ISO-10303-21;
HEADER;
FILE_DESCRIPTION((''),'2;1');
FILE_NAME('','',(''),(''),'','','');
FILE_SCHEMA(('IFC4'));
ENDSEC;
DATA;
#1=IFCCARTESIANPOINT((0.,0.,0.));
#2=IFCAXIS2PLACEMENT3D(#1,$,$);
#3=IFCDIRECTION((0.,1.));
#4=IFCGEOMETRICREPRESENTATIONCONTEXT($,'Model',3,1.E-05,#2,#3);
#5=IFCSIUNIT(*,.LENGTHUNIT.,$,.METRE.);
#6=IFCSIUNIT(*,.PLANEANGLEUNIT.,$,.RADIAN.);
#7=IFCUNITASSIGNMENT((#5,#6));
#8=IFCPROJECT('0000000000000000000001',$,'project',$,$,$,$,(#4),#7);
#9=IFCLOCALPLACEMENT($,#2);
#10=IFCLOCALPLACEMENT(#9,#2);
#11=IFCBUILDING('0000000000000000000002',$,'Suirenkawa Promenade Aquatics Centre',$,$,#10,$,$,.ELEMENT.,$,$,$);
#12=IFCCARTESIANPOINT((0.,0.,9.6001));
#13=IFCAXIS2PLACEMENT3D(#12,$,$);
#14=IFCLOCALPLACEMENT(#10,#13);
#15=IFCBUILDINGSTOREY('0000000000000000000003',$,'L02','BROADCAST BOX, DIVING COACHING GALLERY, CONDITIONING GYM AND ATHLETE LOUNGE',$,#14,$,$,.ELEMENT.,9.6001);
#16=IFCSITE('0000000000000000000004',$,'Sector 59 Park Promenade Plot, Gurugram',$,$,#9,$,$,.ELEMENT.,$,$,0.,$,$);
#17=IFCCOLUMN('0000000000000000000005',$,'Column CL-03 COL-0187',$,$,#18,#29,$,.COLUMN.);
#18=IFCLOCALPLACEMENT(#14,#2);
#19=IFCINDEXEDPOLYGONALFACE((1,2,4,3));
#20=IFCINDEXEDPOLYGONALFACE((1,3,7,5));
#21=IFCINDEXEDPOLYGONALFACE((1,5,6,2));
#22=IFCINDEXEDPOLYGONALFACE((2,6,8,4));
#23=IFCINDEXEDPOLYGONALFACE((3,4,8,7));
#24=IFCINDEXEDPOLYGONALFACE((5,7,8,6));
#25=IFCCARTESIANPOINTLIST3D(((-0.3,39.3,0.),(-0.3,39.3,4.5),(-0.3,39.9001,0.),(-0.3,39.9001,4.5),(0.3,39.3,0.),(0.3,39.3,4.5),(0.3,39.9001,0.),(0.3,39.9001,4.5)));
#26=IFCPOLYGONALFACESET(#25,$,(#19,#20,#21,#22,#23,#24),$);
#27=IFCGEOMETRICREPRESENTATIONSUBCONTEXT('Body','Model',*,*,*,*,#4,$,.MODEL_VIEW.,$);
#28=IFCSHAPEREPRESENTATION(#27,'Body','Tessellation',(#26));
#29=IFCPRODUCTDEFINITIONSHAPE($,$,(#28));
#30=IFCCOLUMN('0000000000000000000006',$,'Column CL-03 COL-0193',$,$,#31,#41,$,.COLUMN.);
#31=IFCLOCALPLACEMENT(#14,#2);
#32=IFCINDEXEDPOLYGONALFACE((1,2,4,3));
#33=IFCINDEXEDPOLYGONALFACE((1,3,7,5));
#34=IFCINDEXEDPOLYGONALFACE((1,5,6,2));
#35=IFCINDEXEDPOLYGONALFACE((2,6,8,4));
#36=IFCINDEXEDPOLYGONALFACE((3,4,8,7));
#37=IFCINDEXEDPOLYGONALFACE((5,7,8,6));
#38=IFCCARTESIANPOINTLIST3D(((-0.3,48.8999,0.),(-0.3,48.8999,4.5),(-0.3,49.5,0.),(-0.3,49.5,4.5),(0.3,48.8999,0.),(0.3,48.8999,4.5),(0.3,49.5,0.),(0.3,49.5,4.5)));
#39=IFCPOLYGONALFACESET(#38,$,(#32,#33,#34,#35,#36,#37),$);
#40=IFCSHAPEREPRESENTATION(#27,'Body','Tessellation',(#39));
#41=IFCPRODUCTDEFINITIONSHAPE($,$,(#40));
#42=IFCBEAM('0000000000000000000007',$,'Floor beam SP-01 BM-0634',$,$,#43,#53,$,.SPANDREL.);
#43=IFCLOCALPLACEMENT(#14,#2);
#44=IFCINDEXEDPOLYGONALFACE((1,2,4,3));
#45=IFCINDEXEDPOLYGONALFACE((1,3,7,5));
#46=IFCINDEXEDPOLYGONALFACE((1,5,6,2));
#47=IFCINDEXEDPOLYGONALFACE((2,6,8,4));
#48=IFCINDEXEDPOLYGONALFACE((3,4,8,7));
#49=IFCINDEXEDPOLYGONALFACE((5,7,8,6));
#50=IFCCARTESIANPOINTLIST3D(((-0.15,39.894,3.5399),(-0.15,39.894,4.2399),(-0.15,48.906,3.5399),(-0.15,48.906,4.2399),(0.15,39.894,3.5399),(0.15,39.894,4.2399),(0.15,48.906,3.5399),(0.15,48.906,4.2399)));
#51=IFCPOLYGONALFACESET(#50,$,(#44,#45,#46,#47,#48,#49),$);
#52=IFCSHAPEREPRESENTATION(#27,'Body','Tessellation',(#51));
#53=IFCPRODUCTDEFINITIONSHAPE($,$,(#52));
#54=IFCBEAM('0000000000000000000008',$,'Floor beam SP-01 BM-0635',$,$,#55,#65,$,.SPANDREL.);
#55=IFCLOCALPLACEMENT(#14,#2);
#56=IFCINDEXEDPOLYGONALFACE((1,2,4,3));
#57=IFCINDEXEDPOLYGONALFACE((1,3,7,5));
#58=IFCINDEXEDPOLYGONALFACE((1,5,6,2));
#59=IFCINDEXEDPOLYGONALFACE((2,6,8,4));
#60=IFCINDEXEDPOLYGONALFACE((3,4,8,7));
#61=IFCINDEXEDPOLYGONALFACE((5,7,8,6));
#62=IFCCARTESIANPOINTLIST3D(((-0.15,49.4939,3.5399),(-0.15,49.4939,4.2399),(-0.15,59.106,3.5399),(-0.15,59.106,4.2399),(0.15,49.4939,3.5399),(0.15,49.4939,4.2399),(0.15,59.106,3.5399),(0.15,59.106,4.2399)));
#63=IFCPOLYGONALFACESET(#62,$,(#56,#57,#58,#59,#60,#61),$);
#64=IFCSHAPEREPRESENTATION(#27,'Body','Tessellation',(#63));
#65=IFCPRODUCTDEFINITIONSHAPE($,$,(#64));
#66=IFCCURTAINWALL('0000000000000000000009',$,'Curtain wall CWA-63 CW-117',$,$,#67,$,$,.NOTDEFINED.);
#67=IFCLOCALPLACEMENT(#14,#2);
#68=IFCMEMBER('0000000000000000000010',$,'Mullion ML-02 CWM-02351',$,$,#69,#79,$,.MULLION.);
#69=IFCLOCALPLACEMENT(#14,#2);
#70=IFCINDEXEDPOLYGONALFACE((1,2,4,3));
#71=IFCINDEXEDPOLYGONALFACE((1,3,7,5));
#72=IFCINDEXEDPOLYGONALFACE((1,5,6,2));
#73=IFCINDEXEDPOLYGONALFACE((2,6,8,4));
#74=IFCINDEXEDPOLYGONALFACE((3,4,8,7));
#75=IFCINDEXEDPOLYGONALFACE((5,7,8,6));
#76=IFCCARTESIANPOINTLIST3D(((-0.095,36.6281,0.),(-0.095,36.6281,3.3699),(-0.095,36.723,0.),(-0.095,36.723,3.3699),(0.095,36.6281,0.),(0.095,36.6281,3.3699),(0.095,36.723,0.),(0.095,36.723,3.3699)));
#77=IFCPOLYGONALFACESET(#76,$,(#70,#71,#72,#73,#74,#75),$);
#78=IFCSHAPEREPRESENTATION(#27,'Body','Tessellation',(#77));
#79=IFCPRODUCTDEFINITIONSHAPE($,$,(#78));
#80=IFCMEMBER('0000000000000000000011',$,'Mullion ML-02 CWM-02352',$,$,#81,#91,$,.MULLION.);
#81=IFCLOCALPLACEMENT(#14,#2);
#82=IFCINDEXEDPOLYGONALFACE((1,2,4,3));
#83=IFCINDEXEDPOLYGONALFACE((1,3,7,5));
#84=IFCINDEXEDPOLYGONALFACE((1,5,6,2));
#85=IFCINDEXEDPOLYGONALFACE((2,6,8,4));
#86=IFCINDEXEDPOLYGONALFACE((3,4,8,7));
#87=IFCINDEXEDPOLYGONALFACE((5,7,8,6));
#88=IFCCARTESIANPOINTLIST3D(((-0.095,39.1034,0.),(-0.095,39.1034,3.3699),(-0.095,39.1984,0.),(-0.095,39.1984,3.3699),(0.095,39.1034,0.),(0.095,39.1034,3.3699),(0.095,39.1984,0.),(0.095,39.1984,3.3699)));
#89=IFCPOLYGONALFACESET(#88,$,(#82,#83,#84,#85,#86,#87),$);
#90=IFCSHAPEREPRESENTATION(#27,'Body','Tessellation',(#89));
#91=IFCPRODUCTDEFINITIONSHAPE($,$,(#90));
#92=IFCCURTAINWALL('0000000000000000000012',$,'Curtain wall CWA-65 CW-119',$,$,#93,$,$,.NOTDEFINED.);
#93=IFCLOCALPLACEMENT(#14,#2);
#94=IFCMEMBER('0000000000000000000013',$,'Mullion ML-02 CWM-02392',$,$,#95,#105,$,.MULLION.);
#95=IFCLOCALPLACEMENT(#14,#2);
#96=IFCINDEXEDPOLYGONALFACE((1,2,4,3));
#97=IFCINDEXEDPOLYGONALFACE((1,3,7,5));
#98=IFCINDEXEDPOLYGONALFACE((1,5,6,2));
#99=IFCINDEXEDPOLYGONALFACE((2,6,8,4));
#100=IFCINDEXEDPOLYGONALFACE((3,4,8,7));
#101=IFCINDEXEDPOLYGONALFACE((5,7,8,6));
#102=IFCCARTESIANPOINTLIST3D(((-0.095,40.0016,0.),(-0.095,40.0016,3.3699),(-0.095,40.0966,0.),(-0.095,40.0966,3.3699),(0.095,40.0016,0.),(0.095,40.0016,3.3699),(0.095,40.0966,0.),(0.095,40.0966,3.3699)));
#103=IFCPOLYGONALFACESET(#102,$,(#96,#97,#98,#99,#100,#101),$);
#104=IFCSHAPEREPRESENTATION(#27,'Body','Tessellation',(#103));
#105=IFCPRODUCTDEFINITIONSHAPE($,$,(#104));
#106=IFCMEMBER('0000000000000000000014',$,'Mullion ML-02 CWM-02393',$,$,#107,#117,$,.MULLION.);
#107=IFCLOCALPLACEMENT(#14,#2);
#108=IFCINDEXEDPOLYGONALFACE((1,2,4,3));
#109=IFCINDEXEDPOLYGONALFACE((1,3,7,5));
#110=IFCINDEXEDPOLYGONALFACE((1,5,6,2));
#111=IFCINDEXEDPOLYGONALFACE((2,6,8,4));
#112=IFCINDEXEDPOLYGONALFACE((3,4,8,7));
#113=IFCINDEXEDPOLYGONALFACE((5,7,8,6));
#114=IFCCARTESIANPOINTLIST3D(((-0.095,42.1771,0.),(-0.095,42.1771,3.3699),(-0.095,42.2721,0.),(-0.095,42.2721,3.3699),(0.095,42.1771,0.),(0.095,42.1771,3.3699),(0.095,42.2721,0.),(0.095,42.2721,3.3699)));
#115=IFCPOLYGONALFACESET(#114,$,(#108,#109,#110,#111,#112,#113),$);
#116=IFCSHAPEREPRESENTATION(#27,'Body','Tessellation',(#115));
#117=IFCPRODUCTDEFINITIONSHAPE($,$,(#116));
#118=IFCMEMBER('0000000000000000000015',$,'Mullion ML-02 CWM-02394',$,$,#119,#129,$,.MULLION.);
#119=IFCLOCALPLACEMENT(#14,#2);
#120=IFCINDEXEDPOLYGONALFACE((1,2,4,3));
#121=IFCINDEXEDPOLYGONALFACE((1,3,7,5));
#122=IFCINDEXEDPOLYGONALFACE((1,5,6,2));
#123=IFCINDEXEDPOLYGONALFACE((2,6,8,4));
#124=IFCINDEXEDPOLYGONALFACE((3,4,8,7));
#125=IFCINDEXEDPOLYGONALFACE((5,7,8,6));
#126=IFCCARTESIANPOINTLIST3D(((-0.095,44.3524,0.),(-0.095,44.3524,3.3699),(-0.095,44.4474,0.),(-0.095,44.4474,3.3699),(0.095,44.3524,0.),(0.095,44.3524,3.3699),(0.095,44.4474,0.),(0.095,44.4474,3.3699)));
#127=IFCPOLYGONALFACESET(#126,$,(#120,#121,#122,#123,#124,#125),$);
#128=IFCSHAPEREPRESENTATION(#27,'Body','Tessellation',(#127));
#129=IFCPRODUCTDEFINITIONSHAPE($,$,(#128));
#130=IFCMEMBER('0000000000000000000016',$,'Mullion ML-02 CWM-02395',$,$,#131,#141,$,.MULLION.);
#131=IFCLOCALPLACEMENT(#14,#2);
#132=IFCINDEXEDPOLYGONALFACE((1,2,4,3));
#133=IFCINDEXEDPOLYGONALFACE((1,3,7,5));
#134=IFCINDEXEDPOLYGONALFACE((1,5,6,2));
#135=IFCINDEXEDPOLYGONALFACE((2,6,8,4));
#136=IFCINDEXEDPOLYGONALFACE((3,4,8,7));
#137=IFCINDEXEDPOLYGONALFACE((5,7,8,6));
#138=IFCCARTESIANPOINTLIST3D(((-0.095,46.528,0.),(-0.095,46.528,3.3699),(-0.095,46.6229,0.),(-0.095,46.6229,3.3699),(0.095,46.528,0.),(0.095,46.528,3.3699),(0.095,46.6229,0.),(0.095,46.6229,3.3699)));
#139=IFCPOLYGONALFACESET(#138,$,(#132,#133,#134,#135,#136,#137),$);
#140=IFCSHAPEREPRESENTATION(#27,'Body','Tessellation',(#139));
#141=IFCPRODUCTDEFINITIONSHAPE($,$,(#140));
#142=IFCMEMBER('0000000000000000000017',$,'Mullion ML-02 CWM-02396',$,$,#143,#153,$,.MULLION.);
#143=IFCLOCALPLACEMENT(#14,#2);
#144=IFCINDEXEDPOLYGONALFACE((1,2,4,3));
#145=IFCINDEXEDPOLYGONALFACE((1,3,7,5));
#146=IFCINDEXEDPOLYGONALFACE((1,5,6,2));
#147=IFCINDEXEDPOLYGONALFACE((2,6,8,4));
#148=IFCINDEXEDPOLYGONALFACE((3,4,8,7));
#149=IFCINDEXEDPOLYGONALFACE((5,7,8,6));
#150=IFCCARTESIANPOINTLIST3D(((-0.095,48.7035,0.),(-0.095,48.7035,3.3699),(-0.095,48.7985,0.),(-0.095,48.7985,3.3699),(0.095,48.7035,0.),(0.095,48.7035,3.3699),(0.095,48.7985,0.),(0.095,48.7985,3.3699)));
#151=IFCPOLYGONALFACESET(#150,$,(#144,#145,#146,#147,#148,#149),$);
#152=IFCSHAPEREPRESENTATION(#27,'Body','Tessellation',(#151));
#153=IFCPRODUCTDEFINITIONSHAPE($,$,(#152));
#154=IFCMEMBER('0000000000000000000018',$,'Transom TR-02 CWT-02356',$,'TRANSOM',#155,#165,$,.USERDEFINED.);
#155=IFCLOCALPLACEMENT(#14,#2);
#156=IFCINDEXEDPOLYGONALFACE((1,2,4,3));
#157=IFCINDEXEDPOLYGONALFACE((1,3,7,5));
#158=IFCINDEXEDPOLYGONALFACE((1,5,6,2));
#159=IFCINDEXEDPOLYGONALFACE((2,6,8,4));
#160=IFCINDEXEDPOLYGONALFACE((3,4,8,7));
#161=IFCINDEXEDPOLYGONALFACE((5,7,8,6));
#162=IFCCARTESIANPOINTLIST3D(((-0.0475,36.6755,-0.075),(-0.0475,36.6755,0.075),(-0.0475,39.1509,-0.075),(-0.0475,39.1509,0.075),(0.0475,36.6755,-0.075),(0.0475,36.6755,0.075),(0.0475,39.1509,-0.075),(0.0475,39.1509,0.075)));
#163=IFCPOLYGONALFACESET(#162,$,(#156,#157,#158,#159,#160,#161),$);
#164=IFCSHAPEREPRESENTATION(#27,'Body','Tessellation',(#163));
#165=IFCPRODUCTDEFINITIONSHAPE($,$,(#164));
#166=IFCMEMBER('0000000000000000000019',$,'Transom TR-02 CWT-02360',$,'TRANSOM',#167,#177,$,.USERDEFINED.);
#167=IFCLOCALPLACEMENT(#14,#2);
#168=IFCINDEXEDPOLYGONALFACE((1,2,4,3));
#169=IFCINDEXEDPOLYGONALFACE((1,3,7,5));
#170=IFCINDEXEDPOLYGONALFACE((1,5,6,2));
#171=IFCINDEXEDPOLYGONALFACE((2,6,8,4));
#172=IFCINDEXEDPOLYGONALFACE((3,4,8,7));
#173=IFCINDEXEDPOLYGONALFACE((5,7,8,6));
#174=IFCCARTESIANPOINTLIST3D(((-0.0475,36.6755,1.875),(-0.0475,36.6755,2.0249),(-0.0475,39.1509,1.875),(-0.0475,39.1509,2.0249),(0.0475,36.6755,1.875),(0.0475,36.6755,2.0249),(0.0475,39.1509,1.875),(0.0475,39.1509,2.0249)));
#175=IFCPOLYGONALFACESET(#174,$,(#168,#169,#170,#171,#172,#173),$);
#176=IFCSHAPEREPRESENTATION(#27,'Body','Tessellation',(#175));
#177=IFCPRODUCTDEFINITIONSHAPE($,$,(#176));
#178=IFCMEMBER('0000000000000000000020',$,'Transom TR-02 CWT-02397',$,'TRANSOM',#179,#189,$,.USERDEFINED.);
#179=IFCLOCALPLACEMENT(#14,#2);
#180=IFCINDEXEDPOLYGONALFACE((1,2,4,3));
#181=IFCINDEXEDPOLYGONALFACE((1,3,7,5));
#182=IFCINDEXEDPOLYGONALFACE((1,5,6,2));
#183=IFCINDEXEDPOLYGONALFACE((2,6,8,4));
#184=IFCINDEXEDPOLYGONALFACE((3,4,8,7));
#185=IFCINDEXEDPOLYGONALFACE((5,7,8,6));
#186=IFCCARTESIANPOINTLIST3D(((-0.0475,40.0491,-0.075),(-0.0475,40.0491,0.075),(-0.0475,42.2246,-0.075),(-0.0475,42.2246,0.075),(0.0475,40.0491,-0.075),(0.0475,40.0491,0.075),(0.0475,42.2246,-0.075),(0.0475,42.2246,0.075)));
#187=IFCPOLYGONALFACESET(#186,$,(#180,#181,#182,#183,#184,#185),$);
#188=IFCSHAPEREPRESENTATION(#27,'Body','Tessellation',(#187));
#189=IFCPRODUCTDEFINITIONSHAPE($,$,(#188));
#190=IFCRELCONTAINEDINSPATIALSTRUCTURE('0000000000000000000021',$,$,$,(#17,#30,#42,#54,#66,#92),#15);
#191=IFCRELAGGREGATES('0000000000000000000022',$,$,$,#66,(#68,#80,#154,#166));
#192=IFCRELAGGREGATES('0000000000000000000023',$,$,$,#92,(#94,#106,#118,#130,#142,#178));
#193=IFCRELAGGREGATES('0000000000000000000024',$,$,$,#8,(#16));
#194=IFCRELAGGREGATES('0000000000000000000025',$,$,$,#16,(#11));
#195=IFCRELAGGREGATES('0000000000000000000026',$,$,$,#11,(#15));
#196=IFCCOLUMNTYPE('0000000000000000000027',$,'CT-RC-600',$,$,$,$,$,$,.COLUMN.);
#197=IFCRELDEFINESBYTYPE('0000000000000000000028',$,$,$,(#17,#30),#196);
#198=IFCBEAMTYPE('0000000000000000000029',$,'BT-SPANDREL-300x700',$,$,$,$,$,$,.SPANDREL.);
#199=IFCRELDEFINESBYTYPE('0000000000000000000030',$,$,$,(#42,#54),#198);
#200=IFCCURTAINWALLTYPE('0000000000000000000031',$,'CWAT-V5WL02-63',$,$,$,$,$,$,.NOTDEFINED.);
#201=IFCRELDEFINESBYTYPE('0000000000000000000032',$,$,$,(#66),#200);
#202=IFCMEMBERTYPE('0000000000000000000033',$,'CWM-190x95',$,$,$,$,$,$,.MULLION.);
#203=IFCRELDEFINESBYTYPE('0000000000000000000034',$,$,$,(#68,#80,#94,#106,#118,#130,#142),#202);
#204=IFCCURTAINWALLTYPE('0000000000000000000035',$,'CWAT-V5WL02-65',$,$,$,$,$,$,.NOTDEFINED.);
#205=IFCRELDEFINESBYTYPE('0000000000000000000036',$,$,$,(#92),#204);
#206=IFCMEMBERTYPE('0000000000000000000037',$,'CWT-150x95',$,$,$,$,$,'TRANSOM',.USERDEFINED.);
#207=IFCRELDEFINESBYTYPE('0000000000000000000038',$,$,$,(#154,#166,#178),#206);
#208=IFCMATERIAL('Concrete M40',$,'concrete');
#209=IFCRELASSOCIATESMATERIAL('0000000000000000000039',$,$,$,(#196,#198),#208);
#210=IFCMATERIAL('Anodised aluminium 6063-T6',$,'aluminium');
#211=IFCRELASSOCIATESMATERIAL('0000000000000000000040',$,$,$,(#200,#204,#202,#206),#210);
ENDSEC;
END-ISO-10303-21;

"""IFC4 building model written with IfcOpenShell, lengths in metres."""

from ifc_helpers import new_model, si_unit, direction, frame, origin, origin_2d, place, context, subcontext, project, spatial, rectangle, extrude, material, material_profile, profile_set, type_object, element, aggregate, save


model = new_model("IFC4")

# Units and contexts
model_context = context("Model", 3, precision=1e-05, world=origin(), true_north=direction((0.0, 1.0)))
body_context = subcontext(model_context, "Body", "Model", "MODEL_VIEW")
ifc_project = project(units=[si_unit("LENGTHUNIT", "METRE"), si_unit("PLANEANGLEUNIT", "RADIAN")], contexts=[model_context])

# Site, building, storey
site_placement = place(None, origin())
site = spatial("IfcSite", under=ifc_project, at=site_placement, Name="Sector 59 Park Promenade Plot, Gurugram", CompositionType="ELEMENT", RefElevation=0.0)
building_placement = place(site_placement, origin())
building = spatial("IfcBuilding", under=site, at=building_placement, Name="Suirenkawa Promenade Aquatics Centre", CompositionType="ELEMENT")
storey_placement = place(building_placement, frame((0.0, 0.0, 9.6001)))
storey = spatial("IfcBuildingStorey", under=building, at=storey_placement, Name="L02", Description="BROADCAST BOX, DIVING COACHING GALLERY, CONDITIONING GYM AND ATHLETE LOUNGE", CompositionType="ELEMENT", Elevation=9.6001)

# Columns
ifc_material_1 = material(Name="Concrete M40", Category="concrete")
ifc_material_profile_1 = material_profile(ifc_material_1, rectangle(XDim=0.6001, YDim=0.6001, at=origin_2d()), Name="RC COL 600x600", Category="concrete")
ifc_profile_set_1 = profile_set([ifc_material_profile_1], Name="Concrete M40")
column_type = type_object("IfcColumnType", Name="CT-RC-600", PredefinedType="COLUMN", material=ifc_profile_set_1)
for number, where, z_axis, x_axis, name in (
    (1, (0.0, 39.6001, 0.0), (0.0, 0.0, 1.0), (1.0, 0.0, 0.0), "Column CL-03 COL-0187"),
    (2, (0.0, 49.2, 0.0), (0.0, 0.0, 1.0), (1.0, 0.0, 0.0), "Column CL-03 COL-0193"),
):
    element("IfcColumn", number, at=place(storey_placement, frame(where, z_axis=z_axis, x_axis=x_axis)), inside=storey, type_object=column_type, Name=name, PredefinedType="COLUMN", context=body_context, shape_type="SweptSolid", body=[
        extrude(rectangle(XDim=0.6001, YDim=0.6001, at=origin_2d()), origin(), (0.0, 0.0, 1.0), 4.5),
    ])

# Beams
ifc_material_profile_2 = material_profile(ifc_material_1, rectangle(XDim=0.3, YDim=0.7, at=origin_2d()), Name="RC SPANDREL 300x700", Category="concrete")
ifc_profile_set_2 = profile_set([ifc_material_profile_2], Name="Concrete M40")
beam_type = type_object("IfcBeamType", Name="BT-SPANDREL-300x700", PredefinedType="SPANDREL", material=ifc_profile_set_2)
beam_1_placement = place(storey_placement, frame((0.0, 39.894, 3.8899), z_axis=(0.0, 1.0, 0.0), x_axis=(-1.0, 0.0, 0.0)))
element("IfcBeam", 3, at=beam_1_placement, inside=storey, type_object=beam_type, Name="Floor beam SP-01 BM-0634", PredefinedType="SPANDREL", context=body_context, shape_type="SweptSolid", body=[
    extrude(rectangle(XDim=0.3, YDim=0.7, at=origin_2d()), origin(), (0.0, 0.0, 1.0), 9.012),
])
beam_2_placement = place(storey_placement, frame((0.0, 49.4939, 3.8899), z_axis=(0.0, 1.0, 0.0), x_axis=(-1.0, 0.0, 0.0)))
element("IfcBeam", 4, at=beam_2_placement, inside=storey, type_object=beam_type, Name="Floor beam SP-01 BM-0635", PredefinedType="SPANDREL", context=body_context, shape_type="SweptSolid", body=[
    extrude(rectangle(XDim=0.3, YDim=0.7, at=origin_2d()), origin(), (0.0, 0.0, 1.0), 9.6121),
])

# Curtain walls, members
ifc_material_2 = material(Name="Anodised aluminium 6063-T6", Category="aluminium")
curtain_wall_type_1 = type_object("IfcCurtainWallType", Name="CWAT-V5WL02-63", PredefinedType="NOTDEFINED", material=ifc_material_2)
curtain_wall_1_placement = place(storey_placement, origin())
curtain_wall_1 = element("IfcCurtainWall", 5, at=curtain_wall_1_placement, inside=storey, type_object=curtain_wall_type_1, Name="Curtain wall CWA-63 CW-117", PredefinedType="NOTDEFINED")
ifc_material_profile_3 = material_profile(ifc_material_2, rectangle(XDim=0.095, YDim=0.1899, at=origin_2d()), Name="ALU MULL 95x190", Category="aluminium")
ifc_profile_set_3 = profile_set([ifc_material_profile_3], Name="Anodised aluminium 6063-T6")
member_type_1 = type_object("IfcMemberType", Name="CWM-190x95", PredefinedType="MULLION", material=ifc_profile_set_3)
member_1_placement = place(storey_placement, frame((0.0, 36.6755, 0.0), z_axis=(0.0, 0.0, 1.0), x_axis=(0.0, 1.0, 0.0)))
member_1 = element("IfcMember", 6, at=member_1_placement, type_object=member_type_1, Name="Mullion ML-02 CWM-02351", PredefinedType="MULLION", context=body_context, shape_type="SweptSolid", body=[
    extrude(rectangle(XDim=0.095, YDim=0.1899, at=origin_2d()), origin(), (0.0, 0.0, 1.0), 3.3699),
])
member_2_placement = place(storey_placement, frame((0.0, 39.1509, 0.0), z_axis=(0.0, 0.0, 1.0), x_axis=(0.0, 1.0, 0.0)))
member_2 = element("IfcMember", 7, at=member_2_placement, type_object=member_type_1, Name="Mullion ML-02 CWM-02352", PredefinedType="MULLION", context=body_context, shape_type="SweptSolid", body=[
    extrude(rectangle(XDim=0.095, YDim=0.1899, at=origin_2d()), origin(), (0.0, 0.0, 1.0), 3.3699),
])
curtain_wall_type_2 = type_object("IfcCurtainWallType", Name="CWAT-V5WL02-65", PredefinedType="NOTDEFINED", material=ifc_material_2)
curtain_wall_2_placement = place(storey_placement, origin())
curtain_wall_2 = element("IfcCurtainWall", 8, at=curtain_wall_2_placement, inside=storey, type_object=curtain_wall_type_2, Name="Curtain wall CWA-65 CW-119", PredefinedType="NOTDEFINED")
member_3_placement = place(storey_placement, frame((0.0, 40.0491, 0.0), z_axis=(0.0, 0.0, 1.0), x_axis=(0.0, 1.0, 0.0)))
member_3 = element("IfcMember", 9, at=member_3_placement, type_object=member_type_1, Name="Mullion ML-02 CWM-02392", PredefinedType="MULLION", context=body_context, shape_type="SweptSolid", body=[
    extrude(rectangle(XDim=0.095, YDim=0.1899, at=origin_2d()), origin(), (0.0, 0.0, 1.0), 3.3699),
])
member_4_placement = place(storey_placement, frame((0.0, 42.2246, 0.0), z_axis=(0.0, 0.0, 1.0), x_axis=(0.0, 1.0, 0.0)))
member_4 = element("IfcMember", 10, at=member_4_placement, type_object=member_type_1, Name="Mullion ML-02 CWM-02393", PredefinedType="MULLION", context=body_context, shape_type="SweptSolid", body=[
    extrude(rectangle(XDim=0.095, YDim=0.1899, at=origin_2d()), origin(), (0.0, 0.0, 1.0), 3.3699),
])
member_5_placement = place(storey_placement, frame((0.0, 44.3999, 0.0), z_axis=(0.0, 0.0, 1.0), x_axis=(0.0, 1.0, 0.0)))
member_5 = element("IfcMember", 11, at=member_5_placement, type_object=member_type_1, Name="Mullion ML-02 CWM-02394", PredefinedType="MULLION", context=body_context, shape_type="SweptSolid", body=[
    extrude(rectangle(XDim=0.095, YDim=0.1899, at=origin_2d()), origin(), (0.0, 0.0, 1.0), 3.3699),
])
member_6_placement = place(storey_placement, frame((0.0, 46.5754, 0.0), z_axis=(0.0, 0.0, 1.0), x_axis=(0.0, 1.0, 0.0)))
member_6 = element("IfcMember", 12, at=member_6_placement, type_object=member_type_1, Name="Mullion ML-02 CWM-02395", PredefinedType="MULLION", context=body_context, shape_type="SweptSolid", body=[
    extrude(rectangle(XDim=0.095, YDim=0.1899, at=origin_2d()), origin(), (0.0, 0.0, 1.0), 3.3699),
])
member_7_placement = place(storey_placement, frame((0.0, 48.751, 0.0), z_axis=(0.0, 0.0, 1.0), x_axis=(0.0, 1.0, 0.0)))
member_7 = element("IfcMember", 13, at=member_7_placement, type_object=member_type_1, Name="Mullion ML-02 CWM-02396", PredefinedType="MULLION", context=body_context, shape_type="SweptSolid", body=[
    extrude(rectangle(XDim=0.095, YDim=0.1899, at=origin_2d()), origin(), (0.0, 0.0, 1.0), 3.3699),
])

# Members
ifc_material_profile_4 = material_profile(ifc_material_2, rectangle(XDim=0.095, YDim=0.1499, at=origin_2d()), Name="ALU TRAN 95x150", Category="aluminium")
ifc_profile_set_4 = profile_set([ifc_material_profile_4], Name="Anodised aluminium 6063-T6")
member_type_2 = type_object("IfcMemberType", Name="CWT-150x95", ElementType="TRANSOM", PredefinedType="USERDEFINED", material=ifc_profile_set_4)
member_8_placement = place(storey_placement, frame((0.0, 36.6755, 0.0), z_axis=(0.0, 1.0, 0.0), x_axis=(-1.0, 0.0, 0.0)))
member_8 = element("IfcMember", 14, at=member_8_placement, type_object=member_type_2, Name="Transom TR-02 CWT-02356", ObjectType="TRANSOM", PredefinedType="USERDEFINED", context=body_context, shape_type="SweptSolid", body=[
    extrude(rectangle(XDim=0.095, YDim=0.1499, at=origin_2d()), origin(), (0.0, 0.0, 1.0), 2.4753),
])
member_9_placement = place(storey_placement, frame((0.0, 36.6755, 1.95), z_axis=(0.0, 1.0, 0.0), x_axis=(-1.0, 0.0, 0.0)))
member_9 = element("IfcMember", 15, at=member_9_placement, type_object=member_type_2, Name="Transom TR-02 CWT-02360", ObjectType="TRANSOM", PredefinedType="USERDEFINED", context=body_context, shape_type="SweptSolid", body=[
    extrude(rectangle(XDim=0.095, YDim=0.1499, at=origin_2d()), origin(), (0.0, 0.0, 1.0), 2.4753),
])
member_10_placement = place(storey_placement, frame((0.0, 40.0491, 0.0), z_axis=(0.0, 1.0, 0.0), x_axis=(-1.0, 0.0, 0.0)))
member_10 = element("IfcMember", 16, at=member_10_placement, type_object=member_type_2, Name="Transom TR-02 CWT-02397", ObjectType="TRANSOM", PredefinedType="USERDEFINED", context=body_context, shape_type="SweptSolid", body=[
    extrude(rectangle(XDim=0.095, YDim=0.1499, at=origin_2d()), origin(), (0.0, 0.0, 1.0), 2.1755),
])

aggregate(curtain_wall_1, [member_1, member_2, member_8, member_9])
aggregate(curtain_wall_2, [member_3, member_4, member_5, member_6, member_7, member_10])

save(model, "model.ifc")
